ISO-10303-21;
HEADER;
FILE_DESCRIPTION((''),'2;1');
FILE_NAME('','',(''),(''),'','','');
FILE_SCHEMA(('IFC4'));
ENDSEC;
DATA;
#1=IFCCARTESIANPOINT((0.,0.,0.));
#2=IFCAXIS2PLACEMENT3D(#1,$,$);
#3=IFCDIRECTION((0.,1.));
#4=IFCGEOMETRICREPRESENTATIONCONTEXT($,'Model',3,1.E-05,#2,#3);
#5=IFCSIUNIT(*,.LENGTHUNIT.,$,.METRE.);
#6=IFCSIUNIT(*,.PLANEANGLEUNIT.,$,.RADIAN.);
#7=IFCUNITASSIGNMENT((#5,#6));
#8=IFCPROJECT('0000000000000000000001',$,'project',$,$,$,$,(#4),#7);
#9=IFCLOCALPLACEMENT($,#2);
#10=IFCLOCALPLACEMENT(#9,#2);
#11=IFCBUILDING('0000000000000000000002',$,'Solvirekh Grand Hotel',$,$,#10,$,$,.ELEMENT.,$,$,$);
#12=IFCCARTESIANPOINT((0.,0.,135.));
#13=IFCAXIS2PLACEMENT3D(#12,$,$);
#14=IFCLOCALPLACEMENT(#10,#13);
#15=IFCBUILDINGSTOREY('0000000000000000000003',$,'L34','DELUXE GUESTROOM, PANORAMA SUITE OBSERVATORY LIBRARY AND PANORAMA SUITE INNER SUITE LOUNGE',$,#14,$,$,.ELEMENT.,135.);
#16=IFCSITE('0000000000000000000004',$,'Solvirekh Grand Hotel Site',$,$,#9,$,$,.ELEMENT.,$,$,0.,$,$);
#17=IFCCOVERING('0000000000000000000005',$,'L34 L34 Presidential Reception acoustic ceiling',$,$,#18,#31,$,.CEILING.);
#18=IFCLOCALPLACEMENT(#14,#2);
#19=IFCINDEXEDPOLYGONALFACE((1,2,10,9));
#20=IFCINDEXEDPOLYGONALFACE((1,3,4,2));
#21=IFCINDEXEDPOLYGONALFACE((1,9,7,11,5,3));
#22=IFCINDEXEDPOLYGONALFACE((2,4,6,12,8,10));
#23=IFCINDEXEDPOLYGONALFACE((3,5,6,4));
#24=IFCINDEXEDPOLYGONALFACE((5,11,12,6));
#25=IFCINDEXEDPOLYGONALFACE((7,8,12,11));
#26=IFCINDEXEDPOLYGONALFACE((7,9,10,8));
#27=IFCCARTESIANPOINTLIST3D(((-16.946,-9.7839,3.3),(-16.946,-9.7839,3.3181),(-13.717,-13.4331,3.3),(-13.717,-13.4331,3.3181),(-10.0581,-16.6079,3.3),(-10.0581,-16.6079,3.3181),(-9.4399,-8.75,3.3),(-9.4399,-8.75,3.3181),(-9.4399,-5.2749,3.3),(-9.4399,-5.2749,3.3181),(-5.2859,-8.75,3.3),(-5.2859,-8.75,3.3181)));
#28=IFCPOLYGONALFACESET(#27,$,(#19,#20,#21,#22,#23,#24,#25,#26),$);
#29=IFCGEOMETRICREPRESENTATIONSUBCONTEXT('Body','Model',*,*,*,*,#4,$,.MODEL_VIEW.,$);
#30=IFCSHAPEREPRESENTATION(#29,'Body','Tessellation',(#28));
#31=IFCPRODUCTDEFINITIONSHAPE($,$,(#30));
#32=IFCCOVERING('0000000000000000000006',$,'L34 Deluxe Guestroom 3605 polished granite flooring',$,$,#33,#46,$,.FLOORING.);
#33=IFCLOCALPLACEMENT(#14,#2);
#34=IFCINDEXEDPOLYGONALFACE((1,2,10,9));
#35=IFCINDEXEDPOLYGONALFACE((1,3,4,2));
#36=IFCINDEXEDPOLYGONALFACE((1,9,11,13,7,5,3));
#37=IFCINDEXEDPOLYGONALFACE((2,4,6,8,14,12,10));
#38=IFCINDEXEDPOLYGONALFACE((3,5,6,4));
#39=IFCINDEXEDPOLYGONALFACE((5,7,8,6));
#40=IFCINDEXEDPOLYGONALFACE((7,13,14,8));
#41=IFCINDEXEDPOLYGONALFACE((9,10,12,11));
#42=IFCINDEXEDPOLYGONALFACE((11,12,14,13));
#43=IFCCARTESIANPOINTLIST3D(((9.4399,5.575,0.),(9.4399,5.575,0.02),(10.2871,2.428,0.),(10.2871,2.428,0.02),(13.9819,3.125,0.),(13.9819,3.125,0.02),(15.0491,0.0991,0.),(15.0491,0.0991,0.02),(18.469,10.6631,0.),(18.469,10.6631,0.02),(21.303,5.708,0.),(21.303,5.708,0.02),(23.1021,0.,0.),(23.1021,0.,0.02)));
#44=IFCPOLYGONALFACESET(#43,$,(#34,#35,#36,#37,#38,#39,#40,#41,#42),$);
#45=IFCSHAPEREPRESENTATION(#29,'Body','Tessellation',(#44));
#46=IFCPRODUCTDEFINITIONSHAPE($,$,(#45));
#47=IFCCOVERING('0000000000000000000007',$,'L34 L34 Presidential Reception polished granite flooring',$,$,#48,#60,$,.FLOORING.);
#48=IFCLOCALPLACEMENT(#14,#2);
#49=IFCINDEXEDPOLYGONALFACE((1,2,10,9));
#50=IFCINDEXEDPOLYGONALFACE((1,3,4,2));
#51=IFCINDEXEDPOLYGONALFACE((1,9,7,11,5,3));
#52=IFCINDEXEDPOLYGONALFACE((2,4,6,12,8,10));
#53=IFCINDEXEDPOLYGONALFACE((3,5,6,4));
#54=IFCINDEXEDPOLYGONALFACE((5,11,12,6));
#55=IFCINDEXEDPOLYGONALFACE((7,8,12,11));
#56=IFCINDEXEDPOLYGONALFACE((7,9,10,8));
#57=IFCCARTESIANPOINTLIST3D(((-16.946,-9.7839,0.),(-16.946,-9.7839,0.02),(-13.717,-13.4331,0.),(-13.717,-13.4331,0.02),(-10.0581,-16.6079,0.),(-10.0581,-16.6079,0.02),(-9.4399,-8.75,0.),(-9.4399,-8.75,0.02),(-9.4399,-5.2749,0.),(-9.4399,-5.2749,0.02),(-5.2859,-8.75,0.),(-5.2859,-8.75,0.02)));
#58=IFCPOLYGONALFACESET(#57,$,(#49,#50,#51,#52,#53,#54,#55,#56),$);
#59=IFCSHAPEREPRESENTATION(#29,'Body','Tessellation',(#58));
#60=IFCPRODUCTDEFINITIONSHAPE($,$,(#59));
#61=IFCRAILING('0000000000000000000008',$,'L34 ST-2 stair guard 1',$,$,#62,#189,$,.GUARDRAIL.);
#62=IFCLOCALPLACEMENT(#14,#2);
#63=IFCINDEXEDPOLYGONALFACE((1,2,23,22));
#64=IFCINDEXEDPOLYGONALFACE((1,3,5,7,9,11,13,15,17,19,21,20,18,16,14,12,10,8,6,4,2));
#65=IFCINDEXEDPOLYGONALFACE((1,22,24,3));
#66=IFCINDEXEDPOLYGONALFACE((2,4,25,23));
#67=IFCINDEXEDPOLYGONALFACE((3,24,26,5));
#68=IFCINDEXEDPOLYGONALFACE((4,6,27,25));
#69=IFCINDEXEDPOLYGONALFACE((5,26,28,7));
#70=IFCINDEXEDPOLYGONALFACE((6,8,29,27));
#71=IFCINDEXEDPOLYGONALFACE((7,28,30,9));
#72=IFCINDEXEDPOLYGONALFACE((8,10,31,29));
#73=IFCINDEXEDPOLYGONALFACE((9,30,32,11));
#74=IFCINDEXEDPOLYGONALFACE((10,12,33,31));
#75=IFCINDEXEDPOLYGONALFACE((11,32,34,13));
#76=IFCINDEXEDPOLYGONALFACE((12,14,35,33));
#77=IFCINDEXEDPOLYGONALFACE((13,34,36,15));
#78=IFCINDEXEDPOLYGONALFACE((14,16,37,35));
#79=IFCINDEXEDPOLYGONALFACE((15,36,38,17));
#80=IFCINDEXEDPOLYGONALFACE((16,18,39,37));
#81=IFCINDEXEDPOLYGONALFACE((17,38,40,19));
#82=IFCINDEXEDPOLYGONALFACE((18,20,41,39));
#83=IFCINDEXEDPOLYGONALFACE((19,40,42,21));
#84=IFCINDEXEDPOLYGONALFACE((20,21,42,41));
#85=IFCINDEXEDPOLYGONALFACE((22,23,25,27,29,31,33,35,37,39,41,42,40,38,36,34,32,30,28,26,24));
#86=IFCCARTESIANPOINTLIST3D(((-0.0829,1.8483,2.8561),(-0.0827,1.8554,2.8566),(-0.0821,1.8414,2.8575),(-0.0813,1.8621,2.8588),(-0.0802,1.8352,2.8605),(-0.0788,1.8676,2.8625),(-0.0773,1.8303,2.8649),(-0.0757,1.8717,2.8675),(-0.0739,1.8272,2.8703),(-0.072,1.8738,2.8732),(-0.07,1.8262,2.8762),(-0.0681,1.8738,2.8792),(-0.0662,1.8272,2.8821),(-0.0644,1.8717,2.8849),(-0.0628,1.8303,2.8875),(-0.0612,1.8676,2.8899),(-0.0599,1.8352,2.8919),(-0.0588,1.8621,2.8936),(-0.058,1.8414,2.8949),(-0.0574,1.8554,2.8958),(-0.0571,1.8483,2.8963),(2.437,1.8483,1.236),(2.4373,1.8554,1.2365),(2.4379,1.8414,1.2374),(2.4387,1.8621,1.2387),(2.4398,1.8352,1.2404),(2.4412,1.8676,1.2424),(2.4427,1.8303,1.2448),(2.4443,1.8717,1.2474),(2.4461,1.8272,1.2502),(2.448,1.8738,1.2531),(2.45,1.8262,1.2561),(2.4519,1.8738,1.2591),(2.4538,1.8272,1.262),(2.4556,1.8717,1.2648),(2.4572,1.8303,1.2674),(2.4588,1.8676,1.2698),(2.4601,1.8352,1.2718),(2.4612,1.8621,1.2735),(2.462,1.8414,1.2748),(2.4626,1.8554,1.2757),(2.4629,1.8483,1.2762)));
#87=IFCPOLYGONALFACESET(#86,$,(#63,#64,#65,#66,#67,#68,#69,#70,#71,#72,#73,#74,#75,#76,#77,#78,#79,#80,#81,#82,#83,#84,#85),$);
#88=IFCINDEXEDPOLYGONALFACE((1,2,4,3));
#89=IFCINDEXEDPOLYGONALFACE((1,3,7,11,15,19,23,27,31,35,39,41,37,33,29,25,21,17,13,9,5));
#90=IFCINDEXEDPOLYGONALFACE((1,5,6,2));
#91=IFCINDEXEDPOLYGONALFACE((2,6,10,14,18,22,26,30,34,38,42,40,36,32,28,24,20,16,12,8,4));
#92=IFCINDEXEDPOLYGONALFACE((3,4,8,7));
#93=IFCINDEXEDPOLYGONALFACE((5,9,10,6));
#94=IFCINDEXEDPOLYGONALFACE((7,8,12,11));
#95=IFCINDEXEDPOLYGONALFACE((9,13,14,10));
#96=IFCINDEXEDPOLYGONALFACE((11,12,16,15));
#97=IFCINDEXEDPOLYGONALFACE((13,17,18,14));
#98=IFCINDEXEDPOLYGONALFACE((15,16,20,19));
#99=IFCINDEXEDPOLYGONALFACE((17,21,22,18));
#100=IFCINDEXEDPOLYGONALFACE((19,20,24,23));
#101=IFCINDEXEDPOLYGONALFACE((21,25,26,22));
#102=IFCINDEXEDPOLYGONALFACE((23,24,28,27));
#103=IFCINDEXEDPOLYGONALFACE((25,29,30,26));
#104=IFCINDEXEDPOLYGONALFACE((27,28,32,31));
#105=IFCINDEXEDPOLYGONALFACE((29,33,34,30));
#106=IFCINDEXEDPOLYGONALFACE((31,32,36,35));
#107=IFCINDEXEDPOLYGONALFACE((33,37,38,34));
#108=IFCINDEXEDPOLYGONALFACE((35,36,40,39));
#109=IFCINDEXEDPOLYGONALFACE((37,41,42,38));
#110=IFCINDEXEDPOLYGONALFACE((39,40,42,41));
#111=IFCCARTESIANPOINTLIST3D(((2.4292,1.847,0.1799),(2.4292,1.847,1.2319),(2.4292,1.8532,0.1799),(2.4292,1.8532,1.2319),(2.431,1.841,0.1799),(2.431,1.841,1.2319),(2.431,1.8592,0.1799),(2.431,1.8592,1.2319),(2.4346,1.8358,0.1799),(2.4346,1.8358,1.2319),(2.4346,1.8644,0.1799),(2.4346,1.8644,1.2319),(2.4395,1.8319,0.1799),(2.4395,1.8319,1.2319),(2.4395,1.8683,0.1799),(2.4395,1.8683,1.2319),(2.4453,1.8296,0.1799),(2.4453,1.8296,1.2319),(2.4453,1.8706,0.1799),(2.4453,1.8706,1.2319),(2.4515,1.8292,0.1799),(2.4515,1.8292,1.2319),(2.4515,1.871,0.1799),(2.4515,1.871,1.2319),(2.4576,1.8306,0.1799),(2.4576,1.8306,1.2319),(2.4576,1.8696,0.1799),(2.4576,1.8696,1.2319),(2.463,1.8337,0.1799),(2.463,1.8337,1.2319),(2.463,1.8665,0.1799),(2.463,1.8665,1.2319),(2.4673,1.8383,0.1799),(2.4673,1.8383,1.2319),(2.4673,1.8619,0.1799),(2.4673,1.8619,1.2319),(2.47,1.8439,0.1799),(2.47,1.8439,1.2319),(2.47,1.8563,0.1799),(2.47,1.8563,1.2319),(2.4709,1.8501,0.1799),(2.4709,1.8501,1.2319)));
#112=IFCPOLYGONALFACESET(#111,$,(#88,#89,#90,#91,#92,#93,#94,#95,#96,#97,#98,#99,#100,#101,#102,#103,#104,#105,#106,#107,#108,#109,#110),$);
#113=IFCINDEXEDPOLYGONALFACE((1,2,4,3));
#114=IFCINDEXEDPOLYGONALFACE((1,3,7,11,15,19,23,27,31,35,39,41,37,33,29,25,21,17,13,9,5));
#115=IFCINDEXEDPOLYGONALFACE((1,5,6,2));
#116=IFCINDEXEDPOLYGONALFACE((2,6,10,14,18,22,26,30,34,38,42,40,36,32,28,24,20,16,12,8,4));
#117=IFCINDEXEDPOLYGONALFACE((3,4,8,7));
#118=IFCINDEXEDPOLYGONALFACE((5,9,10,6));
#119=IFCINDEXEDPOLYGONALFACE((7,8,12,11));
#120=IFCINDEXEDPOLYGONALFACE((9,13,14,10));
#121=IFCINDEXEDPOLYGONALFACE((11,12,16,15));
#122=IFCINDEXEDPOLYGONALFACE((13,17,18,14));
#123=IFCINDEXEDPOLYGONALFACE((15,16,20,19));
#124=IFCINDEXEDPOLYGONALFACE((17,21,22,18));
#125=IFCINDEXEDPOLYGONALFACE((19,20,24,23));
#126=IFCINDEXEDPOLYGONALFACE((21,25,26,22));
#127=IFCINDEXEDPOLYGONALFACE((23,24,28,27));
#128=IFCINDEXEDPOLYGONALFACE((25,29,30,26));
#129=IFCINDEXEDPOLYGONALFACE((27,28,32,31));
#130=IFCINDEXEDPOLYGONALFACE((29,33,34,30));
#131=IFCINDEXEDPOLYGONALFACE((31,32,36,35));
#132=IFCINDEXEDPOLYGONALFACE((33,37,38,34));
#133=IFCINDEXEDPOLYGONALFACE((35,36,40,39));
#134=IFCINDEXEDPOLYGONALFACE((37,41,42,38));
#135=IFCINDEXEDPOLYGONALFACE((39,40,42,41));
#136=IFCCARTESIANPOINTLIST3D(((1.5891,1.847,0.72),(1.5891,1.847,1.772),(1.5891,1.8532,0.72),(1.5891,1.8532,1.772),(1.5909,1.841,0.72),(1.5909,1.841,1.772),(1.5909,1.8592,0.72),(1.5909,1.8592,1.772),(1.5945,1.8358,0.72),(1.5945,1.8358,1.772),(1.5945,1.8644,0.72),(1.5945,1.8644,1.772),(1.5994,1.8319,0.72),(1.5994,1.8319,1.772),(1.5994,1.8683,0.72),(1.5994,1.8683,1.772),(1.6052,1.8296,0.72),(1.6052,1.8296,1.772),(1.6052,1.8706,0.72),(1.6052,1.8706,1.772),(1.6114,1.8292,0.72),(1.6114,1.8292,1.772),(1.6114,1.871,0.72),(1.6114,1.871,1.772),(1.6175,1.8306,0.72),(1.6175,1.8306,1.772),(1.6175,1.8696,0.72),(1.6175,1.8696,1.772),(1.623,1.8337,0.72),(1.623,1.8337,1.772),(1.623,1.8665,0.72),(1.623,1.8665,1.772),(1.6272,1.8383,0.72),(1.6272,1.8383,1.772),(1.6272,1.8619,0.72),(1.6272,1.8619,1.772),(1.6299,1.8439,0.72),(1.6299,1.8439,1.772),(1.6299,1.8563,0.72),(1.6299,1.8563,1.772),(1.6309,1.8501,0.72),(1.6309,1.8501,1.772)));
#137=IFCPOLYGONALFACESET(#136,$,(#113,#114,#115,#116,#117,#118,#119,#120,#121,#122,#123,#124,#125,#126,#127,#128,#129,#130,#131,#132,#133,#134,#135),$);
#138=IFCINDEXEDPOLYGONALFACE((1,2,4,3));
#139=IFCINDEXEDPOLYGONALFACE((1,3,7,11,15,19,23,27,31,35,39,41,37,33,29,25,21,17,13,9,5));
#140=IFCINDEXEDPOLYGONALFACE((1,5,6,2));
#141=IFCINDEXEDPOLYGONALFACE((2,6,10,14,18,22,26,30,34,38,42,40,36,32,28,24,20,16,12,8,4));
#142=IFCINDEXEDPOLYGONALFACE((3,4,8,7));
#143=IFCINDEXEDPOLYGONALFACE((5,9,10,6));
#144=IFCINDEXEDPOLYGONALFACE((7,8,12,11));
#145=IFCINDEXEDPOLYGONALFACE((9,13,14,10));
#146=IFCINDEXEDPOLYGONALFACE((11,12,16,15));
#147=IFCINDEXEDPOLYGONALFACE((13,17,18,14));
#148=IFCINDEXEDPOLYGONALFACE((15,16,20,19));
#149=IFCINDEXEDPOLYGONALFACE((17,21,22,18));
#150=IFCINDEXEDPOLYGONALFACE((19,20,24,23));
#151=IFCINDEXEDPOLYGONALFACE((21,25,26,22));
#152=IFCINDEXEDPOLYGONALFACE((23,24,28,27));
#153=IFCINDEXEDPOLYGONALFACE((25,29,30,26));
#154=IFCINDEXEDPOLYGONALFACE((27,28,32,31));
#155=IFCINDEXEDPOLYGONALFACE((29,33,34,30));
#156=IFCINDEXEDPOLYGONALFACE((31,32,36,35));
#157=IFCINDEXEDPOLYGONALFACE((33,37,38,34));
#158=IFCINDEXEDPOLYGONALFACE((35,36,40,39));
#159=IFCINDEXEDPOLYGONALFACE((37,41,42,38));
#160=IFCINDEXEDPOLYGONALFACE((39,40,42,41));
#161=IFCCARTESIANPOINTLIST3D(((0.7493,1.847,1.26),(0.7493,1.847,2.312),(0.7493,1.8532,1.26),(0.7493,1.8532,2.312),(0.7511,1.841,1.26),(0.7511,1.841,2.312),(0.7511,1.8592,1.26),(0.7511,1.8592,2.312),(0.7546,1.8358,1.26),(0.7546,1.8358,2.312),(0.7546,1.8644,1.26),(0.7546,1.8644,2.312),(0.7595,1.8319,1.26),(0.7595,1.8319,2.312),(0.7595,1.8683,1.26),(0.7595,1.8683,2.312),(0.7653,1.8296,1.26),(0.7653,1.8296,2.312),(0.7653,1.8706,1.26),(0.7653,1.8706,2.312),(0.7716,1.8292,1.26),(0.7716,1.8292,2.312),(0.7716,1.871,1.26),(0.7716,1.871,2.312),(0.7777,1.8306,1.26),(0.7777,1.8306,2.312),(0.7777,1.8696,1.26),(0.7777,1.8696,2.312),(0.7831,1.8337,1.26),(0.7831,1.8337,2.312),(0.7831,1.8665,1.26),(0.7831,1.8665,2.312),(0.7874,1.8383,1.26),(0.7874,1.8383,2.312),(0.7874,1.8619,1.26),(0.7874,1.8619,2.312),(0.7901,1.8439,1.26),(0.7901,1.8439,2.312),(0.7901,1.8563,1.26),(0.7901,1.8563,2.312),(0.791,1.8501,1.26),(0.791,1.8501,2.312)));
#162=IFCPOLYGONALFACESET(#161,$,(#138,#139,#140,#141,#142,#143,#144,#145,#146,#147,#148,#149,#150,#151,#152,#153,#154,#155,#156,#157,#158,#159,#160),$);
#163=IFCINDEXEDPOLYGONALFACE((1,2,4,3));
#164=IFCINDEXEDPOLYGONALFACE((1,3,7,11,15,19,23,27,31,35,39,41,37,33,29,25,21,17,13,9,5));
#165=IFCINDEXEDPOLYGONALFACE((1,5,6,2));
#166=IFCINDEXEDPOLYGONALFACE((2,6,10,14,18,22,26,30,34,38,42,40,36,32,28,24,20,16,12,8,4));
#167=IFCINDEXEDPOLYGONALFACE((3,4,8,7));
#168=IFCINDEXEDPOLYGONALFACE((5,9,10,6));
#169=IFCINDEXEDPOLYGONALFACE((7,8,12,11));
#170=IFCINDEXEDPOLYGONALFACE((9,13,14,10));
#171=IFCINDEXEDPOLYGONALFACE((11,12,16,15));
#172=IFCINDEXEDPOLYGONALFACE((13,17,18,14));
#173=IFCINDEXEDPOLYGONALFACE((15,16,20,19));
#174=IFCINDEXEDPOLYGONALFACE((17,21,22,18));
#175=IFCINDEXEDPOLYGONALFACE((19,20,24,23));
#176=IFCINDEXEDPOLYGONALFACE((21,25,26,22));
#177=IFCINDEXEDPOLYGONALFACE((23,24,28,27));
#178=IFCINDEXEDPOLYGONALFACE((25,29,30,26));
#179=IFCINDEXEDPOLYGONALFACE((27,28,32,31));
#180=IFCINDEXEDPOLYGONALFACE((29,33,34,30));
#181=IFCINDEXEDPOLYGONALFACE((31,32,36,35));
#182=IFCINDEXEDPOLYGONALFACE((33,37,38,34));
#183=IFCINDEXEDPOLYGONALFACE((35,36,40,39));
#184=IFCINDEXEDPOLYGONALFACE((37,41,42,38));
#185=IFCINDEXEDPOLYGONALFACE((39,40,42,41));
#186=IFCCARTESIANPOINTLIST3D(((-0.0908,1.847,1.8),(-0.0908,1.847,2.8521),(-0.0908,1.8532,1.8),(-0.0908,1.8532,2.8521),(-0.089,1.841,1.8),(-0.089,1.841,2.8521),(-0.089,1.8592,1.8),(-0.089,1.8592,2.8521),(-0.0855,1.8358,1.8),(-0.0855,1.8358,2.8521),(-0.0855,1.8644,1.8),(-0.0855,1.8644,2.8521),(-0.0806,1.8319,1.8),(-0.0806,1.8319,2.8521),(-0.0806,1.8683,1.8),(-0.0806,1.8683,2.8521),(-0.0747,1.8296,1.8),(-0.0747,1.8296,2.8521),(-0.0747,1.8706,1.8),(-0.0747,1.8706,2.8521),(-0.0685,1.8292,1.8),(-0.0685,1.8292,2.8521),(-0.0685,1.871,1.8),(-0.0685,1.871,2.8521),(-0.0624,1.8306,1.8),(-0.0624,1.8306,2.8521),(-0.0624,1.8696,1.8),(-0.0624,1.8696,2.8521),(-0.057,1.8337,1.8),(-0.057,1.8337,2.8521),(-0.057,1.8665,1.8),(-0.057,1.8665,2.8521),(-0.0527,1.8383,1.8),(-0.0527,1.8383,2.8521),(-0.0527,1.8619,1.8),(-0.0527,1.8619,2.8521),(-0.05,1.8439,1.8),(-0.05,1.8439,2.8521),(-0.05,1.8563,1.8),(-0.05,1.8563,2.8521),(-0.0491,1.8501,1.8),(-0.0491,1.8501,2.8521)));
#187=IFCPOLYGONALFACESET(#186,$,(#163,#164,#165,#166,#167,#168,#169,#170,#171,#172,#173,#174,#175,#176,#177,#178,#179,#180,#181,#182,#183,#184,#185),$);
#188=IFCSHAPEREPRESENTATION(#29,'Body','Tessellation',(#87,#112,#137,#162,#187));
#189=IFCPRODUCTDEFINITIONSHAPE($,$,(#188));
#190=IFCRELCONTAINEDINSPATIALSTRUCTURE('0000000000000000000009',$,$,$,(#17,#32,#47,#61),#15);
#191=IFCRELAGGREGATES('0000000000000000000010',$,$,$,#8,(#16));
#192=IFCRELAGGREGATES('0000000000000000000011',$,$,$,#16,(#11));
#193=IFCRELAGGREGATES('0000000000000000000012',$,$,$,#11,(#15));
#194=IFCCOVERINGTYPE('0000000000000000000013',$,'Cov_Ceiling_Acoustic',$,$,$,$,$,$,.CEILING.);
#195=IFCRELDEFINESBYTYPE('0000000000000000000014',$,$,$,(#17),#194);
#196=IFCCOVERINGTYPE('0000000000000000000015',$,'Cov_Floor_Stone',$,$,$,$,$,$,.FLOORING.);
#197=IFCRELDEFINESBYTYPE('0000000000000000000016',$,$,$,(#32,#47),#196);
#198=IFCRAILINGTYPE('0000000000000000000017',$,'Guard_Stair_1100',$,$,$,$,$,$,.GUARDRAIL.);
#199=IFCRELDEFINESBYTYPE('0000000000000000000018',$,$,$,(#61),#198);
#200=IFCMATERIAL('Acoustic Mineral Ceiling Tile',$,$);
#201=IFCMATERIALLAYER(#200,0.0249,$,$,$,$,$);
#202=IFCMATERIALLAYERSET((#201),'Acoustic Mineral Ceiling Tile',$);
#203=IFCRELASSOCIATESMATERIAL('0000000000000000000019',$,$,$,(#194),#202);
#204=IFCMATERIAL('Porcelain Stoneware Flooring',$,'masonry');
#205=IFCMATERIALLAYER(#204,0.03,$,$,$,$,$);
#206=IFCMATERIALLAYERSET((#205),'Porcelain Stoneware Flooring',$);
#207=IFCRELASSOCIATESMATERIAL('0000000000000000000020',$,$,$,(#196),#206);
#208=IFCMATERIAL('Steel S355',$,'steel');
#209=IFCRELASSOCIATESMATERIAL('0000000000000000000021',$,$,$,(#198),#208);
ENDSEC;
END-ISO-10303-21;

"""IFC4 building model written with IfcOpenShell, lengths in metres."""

from ifc_helpers import new_model, si_unit, direction, frame, origin, origin_2d, place, context, subcontext, project, spatial, polyline, circle, outline, extrude, material, layer, layer_set, type_object, element, save


model = new_model("IFC4")

# Units and contexts
model_context = context("Model", 3, precision=1e-05, world=origin(), true_north=direction((0.0, 1.0)))
body_context = subcontext(model_context, "Body", "Model", "MODEL_VIEW")
ifc_project = project(units=[si_unit("LENGTHUNIT", "METRE"), si_unit("PLANEANGLEUNIT", "RADIAN")], contexts=[model_context])

# Site, building, storey
site_placement = place(None, origin())
site = spatial("IfcSite", under=ifc_project, at=site_placement, Name="Solvirekh Grand Hotel Site", CompositionType="ELEMENT", RefElevation=0.0)
building_placement = place(site_placement, origin())
building = spatial("IfcBuilding", under=site, at=building_placement, Name="Solvirekh Grand Hotel", CompositionType="ELEMENT")
storey_placement = place(building_placement, frame((0.0, 0.0, 135.0)))
storey = spatial("IfcBuildingStorey", under=building, at=storey_placement, Name="L34", Description="DELUXE GUESTROOM, PANORAMA SUITE OBSERVATORY LIBRARY AND PANORAMA SUITE INNER SUITE LOUNGE", CompositionType="ELEMENT", Elevation=135.0)

# Shared definitions
ifc_material_1 = material(Name="Steel S355", Category="steel")

# Coverings
ifc_material_2 = material(Name="Acoustic Mineral Ceiling Tile")
ifc_layer_1 = layer(ifc_material_2, 0.0249)
ifc_layer_set_1 = layer_set([ifc_layer_1], Name="Acoustic Mineral Ceiling Tile")
covering_type_1 = type_object("IfcCoveringType", Name="Cov_Ceiling_Acoustic", PredefinedType="CEILING", material=ifc_layer_set_1)
covering_1_placement = place(storey_placement, frame((0.0, 0.0, 3.3)))
element("IfcCovering", 1, at=covering_1_placement, inside=storey, type_object=covering_type_1, Name="L34 L34 Presidential Reception acoustic ceiling", PredefinedType="CEILING", context=body_context, shape_type="SweptSolid", body=[
    extrude(outline(polyline([(-16.946, -9.7839), (-13.717, -13.4331), (-10.0581, -16.6079), (-5.2859, -8.75), (-9.4399, -8.75), (-9.4399, -5.2749), (-16.946, -9.7839)])), origin(), (0.0, 0.0, 1.0), 0.0181),
])
ifc_material_3 = material(Name="Porcelain Stoneware Flooring", Category="masonry")
ifc_layer_2 = layer(ifc_material_3, 0.03)
ifc_layer_set_2 = layer_set([ifc_layer_2], Name="Porcelain Stoneware Flooring")
covering_type_2 = type_object("IfcCoveringType", Name="Cov_Floor_Stone", PredefinedType="FLOORING", material=ifc_layer_set_2)
covering_2_placement = place(storey_placement, origin())
element("IfcCovering", 2, at=covering_2_placement, inside=storey, type_object=covering_type_2, Name="L34 Deluxe Guestroom 3605 polished granite flooring", PredefinedType="FLOORING", context=body_context, shape_type="SweptSolid", body=[
    extrude(outline(polyline([(13.9819, 3.125), (15.0491, 0.0991), (23.1021, 0.0), (21.303, 5.708), (18.469, 10.6631), (9.4399, 5.575), (10.2871, 2.428), (13.9819, 3.125)])), origin(), (0.0, 0.0, 1.0), 0.02),
])
covering_3_placement = place(storey_placement, origin())
element("IfcCovering", 3, at=covering_3_placement, inside=storey, type_object=covering_type_2, Name="L34 L34 Presidential Reception polished granite flooring", PredefinedType="FLOORING", context=body_context, shape_type="SweptSolid", body=[
    extrude(outline(polyline([(-16.946, -9.7839), (-13.717, -13.4331), (-10.0581, -16.6079), (-5.2859, -8.75), (-9.4399, -8.75), (-9.4399, -5.2749), (-16.946, -9.7839)])), origin(), (0.0, 0.0, 1.0), 0.02),
])

# Railing
railing_type_1 = type_object("IfcRailingType", Name="Guard_Stair_1100", PredefinedType="GUARDRAIL", material=ifc_material_1)
railing_1_placement = place(storey_placement, frame((2.45, 1.8501, 0.1799)))
element("IfcRailing", 4, at=railing_1_placement, inside=storey, type_object=railing_type_1, Name="L34 ST-2 stair guard 1", PredefinedType="GUARDRAIL", context=body_context, shape_type="SweptSolid", body=[
    extrude(circle(Radius=0.0239, at=origin_2d()), frame((0.0, 0.0, 1.0762), z_axis=(-0.841163, 0.0, 0.540782), x_axis=(0.0, -1.0, 0.0)), (0.0, 0.0, 1.0), 2.9958),
    extrude(circle(Radius=0.021, at=origin_2d()), origin(), (0.0, 0.0, 1.0), 1.052),
    extrude(circle(Radius=0.021, at=origin_2d()), frame((-0.8401, 0.0, 0.54)), (0.0, 0.0, 1.0), 1.052),
    extrude(circle(Radius=0.021, at=origin_2d()), frame((-1.6799, 0.0, 1.0801)), (0.0, 0.0, 1.0), 1.052),
    extrude(circle(Radius=0.021, at=origin_2d()), frame((-2.52, 0.0, 1.6201)), (0.0, 0.0, 1.0), 1.052),
])

save(model, "model.ifc")
